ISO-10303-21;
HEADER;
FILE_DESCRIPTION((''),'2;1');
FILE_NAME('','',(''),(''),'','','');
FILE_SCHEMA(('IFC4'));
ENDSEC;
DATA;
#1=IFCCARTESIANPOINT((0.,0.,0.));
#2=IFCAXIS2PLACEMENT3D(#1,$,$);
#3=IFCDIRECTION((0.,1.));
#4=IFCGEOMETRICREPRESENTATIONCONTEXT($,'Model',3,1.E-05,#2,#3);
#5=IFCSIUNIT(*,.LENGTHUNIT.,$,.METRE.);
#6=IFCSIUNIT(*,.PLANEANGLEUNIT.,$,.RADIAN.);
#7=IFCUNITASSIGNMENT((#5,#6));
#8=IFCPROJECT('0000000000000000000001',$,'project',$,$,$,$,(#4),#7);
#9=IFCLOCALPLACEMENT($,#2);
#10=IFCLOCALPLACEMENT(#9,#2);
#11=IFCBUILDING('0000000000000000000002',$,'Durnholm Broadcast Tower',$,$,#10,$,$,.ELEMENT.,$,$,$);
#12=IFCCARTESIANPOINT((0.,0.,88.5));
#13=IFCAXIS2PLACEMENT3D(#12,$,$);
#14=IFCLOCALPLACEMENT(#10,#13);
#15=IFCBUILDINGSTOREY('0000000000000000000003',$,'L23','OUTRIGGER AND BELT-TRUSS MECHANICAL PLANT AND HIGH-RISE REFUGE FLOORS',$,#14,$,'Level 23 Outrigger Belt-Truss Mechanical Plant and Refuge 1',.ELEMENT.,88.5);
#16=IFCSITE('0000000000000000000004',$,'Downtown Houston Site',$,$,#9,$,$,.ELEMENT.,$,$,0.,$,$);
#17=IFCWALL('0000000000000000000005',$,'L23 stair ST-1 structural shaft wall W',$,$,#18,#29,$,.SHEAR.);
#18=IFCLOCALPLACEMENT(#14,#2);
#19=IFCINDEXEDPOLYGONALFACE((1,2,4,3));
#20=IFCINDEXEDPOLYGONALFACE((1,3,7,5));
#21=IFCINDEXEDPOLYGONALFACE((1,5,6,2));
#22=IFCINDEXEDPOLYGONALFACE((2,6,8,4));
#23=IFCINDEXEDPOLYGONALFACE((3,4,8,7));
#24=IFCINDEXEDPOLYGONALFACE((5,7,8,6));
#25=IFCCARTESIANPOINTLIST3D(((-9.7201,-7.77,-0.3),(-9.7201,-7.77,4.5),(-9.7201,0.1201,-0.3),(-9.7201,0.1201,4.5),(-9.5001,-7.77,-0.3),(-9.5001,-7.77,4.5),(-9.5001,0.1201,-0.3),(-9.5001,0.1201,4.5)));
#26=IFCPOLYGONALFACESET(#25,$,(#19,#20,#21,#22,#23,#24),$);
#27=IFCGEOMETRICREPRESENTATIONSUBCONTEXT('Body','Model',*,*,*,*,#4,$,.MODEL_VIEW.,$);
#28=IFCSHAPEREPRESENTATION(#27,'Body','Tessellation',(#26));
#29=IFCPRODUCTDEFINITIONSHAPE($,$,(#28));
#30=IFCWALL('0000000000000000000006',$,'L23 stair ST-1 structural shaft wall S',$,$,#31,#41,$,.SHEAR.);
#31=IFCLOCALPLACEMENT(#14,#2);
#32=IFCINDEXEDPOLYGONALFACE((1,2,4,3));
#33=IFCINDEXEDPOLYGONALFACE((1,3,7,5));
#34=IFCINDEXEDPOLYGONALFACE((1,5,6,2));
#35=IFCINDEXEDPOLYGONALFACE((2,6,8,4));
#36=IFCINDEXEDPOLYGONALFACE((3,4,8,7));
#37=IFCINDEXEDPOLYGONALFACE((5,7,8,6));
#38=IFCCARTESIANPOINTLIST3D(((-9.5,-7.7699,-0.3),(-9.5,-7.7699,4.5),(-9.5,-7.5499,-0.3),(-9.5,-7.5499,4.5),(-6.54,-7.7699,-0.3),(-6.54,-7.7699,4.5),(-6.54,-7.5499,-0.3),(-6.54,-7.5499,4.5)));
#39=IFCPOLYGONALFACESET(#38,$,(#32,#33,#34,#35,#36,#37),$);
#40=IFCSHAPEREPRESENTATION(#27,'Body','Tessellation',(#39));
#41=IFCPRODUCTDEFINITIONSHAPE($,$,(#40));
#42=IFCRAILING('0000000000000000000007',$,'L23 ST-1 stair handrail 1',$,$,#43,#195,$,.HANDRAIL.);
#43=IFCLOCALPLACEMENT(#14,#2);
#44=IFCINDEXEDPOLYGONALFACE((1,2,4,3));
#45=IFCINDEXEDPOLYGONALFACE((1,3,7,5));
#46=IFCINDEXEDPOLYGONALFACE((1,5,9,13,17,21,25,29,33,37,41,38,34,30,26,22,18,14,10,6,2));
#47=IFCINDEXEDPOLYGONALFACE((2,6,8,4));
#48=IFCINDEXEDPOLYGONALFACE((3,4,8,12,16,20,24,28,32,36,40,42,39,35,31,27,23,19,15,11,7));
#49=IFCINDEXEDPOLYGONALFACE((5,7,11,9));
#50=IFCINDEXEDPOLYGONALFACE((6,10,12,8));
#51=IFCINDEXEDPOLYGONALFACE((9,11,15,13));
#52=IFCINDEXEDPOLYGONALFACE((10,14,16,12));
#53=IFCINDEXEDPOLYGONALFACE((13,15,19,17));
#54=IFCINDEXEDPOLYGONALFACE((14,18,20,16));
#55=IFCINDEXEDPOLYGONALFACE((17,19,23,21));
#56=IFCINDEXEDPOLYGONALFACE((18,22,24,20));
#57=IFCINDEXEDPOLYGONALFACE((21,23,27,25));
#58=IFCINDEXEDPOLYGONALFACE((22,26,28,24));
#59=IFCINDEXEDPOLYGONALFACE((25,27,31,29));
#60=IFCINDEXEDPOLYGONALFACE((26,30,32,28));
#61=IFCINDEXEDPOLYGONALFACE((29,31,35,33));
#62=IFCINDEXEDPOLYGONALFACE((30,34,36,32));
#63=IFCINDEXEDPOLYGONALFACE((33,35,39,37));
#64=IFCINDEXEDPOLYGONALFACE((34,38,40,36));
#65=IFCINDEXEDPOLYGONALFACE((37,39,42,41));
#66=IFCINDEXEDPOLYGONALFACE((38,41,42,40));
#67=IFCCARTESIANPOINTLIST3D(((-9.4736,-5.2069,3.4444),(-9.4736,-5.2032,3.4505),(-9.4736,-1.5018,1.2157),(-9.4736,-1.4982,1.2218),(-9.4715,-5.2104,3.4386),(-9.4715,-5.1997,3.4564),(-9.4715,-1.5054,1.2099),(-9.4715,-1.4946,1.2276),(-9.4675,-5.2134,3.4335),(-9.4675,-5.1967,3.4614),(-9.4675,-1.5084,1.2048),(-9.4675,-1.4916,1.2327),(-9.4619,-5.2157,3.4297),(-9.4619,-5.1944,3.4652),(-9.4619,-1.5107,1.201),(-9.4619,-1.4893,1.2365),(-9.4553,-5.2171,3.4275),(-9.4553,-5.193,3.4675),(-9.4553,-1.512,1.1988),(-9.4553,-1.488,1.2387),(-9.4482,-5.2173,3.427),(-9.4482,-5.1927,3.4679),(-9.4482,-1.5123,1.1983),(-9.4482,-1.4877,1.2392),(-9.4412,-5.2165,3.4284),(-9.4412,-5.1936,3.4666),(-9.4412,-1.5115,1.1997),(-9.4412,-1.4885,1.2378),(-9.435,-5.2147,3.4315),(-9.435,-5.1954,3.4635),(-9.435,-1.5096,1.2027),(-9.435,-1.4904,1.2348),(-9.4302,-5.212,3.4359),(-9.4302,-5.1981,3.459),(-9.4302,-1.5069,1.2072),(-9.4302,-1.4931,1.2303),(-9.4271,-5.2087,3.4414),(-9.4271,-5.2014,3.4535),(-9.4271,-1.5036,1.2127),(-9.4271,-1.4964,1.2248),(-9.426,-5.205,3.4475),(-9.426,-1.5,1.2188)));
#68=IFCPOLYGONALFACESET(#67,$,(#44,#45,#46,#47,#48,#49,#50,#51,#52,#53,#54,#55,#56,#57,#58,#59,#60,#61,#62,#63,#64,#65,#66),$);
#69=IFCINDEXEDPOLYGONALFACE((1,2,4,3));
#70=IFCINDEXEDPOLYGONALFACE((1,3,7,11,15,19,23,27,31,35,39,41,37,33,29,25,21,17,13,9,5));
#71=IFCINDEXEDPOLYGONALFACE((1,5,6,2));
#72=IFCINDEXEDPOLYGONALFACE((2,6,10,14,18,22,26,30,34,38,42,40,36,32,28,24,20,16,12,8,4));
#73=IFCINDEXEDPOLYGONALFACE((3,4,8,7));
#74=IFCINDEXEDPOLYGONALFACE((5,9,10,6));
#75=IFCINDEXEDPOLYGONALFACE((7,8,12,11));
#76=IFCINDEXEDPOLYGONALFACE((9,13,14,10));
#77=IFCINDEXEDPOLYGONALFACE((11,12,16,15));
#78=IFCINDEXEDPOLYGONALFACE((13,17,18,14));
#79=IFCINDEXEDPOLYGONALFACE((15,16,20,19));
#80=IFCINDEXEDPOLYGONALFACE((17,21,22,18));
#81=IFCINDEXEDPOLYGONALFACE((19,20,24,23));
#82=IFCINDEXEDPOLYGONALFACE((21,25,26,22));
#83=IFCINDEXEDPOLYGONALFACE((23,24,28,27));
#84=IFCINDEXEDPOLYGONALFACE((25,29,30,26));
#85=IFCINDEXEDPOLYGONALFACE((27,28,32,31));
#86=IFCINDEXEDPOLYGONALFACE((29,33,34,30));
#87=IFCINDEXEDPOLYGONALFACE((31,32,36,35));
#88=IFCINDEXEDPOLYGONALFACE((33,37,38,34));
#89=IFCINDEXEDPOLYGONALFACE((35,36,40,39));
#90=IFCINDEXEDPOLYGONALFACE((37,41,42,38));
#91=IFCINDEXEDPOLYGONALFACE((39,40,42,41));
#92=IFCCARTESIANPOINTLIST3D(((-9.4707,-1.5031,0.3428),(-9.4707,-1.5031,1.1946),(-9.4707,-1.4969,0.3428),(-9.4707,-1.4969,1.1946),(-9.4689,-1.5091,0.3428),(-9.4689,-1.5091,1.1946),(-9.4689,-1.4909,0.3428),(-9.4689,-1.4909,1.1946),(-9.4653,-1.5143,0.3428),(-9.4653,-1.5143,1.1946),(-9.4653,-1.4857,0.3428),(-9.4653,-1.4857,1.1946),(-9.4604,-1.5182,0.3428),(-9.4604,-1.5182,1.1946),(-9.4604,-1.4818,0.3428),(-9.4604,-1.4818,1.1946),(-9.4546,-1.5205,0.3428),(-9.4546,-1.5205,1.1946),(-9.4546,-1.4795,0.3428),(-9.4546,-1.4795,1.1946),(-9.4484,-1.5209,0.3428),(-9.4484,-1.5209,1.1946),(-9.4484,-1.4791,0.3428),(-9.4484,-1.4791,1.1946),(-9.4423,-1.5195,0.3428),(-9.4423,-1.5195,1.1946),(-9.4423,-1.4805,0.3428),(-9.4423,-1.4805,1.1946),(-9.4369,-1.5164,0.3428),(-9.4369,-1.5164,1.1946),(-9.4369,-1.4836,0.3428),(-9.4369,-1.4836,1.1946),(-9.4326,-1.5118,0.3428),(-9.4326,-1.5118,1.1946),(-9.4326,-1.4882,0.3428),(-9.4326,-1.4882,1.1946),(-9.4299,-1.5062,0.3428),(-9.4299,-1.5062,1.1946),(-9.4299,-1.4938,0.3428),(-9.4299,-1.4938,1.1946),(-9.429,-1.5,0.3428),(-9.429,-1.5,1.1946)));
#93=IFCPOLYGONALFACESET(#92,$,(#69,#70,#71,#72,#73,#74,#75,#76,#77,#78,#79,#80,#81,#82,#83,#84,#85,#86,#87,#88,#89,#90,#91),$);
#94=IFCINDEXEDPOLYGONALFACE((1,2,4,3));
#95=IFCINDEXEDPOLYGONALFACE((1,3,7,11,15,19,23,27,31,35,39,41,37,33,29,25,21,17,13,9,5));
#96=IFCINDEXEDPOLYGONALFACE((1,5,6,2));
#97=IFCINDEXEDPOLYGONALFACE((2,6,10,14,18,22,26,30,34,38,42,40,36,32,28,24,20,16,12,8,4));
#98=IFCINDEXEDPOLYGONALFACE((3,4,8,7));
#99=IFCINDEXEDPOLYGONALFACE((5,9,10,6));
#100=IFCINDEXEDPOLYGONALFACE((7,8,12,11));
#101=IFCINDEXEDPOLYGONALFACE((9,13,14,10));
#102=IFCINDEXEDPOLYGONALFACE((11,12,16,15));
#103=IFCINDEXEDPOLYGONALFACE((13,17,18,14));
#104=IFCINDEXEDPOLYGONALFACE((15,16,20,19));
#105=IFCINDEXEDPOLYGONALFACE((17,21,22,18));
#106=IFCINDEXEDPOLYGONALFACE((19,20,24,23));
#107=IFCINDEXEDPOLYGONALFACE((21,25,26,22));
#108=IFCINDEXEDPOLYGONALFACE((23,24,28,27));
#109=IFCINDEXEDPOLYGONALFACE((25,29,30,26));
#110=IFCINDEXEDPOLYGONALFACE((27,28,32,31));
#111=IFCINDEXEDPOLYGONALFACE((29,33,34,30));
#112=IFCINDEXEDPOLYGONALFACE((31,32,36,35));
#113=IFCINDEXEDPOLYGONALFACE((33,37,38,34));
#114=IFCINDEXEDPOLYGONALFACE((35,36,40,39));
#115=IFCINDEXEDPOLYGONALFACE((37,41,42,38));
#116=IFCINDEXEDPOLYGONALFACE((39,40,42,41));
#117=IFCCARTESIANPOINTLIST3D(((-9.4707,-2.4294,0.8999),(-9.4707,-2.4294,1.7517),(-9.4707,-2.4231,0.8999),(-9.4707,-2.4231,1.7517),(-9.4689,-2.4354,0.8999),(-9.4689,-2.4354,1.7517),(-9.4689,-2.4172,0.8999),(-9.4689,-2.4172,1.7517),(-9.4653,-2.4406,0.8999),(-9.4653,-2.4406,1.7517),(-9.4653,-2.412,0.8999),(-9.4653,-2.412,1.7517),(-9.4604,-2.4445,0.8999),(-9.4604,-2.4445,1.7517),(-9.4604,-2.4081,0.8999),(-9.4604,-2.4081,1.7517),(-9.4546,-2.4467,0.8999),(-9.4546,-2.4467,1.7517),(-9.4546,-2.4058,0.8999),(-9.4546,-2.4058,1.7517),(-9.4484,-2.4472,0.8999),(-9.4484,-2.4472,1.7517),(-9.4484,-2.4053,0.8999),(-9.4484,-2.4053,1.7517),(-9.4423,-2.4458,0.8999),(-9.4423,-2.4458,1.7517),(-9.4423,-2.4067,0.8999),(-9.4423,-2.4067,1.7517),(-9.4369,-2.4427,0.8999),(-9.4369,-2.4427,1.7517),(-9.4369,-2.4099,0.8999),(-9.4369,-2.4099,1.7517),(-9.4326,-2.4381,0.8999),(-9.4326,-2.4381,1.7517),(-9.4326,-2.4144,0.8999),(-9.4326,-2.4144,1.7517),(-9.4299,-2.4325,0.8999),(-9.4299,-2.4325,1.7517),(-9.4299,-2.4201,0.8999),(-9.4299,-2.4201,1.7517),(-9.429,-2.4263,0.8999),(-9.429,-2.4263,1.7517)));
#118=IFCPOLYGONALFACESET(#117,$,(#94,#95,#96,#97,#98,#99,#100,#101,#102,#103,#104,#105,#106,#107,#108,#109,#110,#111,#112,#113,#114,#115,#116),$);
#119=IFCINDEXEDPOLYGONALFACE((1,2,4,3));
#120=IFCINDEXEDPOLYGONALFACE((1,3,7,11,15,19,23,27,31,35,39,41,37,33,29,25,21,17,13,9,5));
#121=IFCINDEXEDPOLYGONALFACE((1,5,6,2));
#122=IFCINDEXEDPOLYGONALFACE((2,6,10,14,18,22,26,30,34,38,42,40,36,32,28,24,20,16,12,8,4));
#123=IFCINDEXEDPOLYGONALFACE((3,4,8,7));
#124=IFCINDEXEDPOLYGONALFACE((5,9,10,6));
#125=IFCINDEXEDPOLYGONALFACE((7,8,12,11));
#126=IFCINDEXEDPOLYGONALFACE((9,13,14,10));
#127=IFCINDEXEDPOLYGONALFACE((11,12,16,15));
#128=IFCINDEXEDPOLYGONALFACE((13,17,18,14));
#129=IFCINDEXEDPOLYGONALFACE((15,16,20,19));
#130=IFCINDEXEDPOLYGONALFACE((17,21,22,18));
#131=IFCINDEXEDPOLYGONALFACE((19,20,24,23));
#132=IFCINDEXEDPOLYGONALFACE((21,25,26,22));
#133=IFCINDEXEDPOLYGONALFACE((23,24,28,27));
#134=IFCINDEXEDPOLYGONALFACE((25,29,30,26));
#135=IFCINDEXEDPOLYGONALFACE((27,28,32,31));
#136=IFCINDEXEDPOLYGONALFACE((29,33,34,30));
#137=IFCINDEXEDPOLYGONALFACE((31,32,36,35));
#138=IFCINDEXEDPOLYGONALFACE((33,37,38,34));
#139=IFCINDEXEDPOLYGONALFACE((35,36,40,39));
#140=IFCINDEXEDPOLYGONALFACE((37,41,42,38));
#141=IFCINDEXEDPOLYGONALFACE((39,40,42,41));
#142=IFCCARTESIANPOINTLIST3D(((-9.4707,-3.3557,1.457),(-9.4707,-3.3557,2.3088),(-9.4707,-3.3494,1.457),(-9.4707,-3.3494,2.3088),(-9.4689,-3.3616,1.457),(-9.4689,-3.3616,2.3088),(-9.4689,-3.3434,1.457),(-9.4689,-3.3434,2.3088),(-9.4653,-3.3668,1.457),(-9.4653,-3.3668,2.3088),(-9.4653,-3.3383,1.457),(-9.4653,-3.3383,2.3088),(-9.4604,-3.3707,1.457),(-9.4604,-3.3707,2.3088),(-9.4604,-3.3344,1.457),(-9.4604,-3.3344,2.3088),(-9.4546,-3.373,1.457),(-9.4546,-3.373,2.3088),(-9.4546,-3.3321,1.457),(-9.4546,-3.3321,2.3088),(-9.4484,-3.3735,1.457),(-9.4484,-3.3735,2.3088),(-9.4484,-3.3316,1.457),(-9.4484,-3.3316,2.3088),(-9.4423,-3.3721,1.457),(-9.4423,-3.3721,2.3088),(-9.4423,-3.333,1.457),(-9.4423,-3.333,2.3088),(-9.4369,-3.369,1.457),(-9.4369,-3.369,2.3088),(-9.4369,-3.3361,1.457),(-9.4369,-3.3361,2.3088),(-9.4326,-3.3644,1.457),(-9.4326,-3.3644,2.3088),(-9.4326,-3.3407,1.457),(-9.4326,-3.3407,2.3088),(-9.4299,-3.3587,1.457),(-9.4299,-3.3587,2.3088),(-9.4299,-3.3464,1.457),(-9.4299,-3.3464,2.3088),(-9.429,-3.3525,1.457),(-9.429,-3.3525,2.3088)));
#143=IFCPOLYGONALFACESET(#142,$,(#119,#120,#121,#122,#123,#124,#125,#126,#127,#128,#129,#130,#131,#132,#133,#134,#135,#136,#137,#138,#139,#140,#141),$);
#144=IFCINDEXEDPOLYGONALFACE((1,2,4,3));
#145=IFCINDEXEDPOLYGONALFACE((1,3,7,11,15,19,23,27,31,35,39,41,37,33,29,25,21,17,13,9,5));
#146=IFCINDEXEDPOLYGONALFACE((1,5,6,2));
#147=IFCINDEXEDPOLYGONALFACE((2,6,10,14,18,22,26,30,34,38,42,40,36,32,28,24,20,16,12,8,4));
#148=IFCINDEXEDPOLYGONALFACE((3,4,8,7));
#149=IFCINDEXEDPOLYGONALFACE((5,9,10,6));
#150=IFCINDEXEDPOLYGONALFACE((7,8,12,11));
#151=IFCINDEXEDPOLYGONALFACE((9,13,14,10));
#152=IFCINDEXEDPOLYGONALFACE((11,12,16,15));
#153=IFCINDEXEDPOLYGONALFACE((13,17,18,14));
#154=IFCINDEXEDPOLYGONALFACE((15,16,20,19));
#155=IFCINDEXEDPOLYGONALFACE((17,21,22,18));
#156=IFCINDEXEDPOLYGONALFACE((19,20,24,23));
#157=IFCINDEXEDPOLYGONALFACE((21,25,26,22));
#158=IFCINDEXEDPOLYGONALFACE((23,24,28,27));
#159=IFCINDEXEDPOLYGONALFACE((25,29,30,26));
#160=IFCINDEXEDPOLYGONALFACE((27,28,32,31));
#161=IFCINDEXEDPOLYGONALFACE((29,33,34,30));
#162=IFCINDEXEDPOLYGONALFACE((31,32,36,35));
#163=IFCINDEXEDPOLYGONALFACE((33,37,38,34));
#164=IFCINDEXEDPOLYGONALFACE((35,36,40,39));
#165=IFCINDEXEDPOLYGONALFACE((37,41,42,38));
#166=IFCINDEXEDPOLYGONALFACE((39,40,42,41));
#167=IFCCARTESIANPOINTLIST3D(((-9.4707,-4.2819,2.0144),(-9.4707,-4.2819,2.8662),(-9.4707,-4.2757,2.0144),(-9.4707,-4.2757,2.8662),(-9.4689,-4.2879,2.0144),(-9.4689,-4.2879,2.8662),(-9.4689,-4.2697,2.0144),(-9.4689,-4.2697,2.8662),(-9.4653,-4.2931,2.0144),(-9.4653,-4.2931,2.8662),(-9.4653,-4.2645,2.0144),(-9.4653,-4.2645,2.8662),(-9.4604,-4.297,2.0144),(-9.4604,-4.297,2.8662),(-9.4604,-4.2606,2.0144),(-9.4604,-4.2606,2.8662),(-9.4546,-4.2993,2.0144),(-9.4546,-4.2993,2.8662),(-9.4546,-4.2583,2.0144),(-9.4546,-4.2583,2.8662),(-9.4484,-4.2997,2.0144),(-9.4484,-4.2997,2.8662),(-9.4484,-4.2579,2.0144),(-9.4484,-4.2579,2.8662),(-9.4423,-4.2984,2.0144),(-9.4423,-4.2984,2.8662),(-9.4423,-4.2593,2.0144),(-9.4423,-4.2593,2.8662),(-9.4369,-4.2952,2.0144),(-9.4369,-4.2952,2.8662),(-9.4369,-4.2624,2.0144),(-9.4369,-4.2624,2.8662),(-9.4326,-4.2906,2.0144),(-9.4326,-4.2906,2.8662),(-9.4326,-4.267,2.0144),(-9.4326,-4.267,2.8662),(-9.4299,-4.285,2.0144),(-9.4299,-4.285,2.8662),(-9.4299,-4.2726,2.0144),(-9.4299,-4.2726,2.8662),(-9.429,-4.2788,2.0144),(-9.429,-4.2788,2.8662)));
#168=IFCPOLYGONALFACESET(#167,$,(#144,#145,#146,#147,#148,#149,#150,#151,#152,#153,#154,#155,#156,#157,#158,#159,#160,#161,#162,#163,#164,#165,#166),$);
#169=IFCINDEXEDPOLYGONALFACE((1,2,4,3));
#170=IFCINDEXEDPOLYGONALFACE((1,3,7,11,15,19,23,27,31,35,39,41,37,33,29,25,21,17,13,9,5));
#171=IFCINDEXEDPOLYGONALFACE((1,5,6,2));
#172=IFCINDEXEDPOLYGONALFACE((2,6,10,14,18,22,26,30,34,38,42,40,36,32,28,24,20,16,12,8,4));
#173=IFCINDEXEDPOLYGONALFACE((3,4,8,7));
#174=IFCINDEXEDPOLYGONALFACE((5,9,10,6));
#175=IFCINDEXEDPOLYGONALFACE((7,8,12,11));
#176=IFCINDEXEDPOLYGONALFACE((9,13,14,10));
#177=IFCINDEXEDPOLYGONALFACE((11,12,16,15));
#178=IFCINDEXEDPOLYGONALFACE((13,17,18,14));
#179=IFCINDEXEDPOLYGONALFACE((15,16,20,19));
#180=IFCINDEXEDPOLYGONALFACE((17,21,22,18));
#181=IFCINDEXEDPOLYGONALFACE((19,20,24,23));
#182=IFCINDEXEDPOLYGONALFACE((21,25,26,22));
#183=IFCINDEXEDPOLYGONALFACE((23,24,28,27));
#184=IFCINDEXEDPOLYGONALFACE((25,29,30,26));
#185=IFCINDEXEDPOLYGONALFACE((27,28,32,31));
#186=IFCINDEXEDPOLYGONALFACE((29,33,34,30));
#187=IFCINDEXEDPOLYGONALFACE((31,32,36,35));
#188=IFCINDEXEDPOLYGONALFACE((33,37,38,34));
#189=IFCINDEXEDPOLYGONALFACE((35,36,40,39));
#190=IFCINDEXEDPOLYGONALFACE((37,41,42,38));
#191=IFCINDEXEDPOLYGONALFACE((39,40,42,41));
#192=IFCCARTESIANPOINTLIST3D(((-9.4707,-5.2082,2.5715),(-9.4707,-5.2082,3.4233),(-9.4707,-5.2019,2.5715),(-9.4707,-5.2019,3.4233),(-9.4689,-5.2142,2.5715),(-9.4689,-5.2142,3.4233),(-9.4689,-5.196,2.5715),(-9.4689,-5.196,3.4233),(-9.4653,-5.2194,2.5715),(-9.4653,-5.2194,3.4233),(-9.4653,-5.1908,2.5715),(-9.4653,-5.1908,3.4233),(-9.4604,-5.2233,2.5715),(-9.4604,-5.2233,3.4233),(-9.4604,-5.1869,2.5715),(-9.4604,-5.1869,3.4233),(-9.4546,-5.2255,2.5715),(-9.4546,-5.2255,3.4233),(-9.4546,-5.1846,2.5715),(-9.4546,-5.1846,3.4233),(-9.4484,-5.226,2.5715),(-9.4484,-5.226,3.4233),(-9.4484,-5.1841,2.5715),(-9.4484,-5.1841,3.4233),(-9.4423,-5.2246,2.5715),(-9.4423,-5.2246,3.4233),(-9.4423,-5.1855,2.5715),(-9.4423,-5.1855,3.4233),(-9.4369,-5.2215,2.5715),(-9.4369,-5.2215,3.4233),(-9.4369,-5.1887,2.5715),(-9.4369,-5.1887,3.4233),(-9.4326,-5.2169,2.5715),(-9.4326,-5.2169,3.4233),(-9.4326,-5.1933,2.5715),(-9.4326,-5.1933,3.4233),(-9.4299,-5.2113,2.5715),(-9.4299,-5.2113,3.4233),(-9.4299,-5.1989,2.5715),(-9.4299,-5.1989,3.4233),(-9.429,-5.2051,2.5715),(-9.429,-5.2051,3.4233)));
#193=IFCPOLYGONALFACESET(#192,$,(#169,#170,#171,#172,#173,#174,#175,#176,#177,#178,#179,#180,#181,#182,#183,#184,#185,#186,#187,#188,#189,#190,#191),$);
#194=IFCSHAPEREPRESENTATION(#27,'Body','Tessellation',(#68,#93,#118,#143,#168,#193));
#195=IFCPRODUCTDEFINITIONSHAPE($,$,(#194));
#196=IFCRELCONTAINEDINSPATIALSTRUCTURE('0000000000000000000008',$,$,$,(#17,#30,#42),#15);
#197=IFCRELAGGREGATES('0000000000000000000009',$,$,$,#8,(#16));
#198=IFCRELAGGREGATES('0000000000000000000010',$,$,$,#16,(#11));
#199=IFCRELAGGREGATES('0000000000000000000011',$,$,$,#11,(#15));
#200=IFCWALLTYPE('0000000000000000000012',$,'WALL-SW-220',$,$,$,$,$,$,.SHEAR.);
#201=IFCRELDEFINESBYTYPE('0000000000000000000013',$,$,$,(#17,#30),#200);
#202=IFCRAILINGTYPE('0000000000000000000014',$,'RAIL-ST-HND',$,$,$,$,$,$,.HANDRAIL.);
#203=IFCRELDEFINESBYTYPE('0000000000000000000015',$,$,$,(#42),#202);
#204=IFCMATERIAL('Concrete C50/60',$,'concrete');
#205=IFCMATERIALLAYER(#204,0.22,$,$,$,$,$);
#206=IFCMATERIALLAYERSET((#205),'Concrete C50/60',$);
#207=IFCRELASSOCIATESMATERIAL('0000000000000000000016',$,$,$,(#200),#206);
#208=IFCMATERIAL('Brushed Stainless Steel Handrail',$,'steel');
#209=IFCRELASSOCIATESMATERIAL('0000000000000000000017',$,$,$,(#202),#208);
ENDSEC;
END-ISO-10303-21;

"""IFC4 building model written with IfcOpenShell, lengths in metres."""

from ifc_helpers import new_model, si_unit, direction, frame, frame_2d, origin, origin_2d, place, context, subcontext, project, spatial, rectangle, circle, extrude, material, layer, layer_set, type_object, element, save


model = new_model("IFC4")

# Units and contexts
model_context = context("Model", 3, precision=1e-05, world=origin(), true_north=direction((0.0, 1.0)))
body_context = subcontext(model_context, "Body", "Model", "MODEL_VIEW")
ifc_project = project(units=[si_unit("LENGTHUNIT", "METRE"), si_unit("PLANEANGLEUNIT", "RADIAN")], contexts=[model_context])

# Site, building, storey
site_placement = place(None, origin())
site = spatial("IfcSite", under=ifc_project, at=site_placement, Name="Downtown Houston Site", CompositionType="ELEMENT", RefElevation=0.0)
building_placement = place(site_placement, origin())
building = spatial("IfcBuilding", under=site, at=building_placement, Name="Durnholm Broadcast Tower", CompositionType="ELEMENT")
storey_placement = place(building_placement, frame((0.0, 0.0, 88.5)))
storey = spatial("IfcBuildingStorey", under=building, at=storey_placement, Name="L23", Description="OUTRIGGER AND BELT-TRUSS MECHANICAL PLANT AND HIGH-RISE REFUGE FLOORS", LongName="Level 23 Outrigger Belt-Truss Mechanical Plant and Refuge 1", CompositionType="ELEMENT", Elevation=88.5)

# Walls
ifc_material_1 = material(Name="Concrete C50/60", Category="concrete")
ifc_layer_1 = layer(ifc_material_1, 0.22)
ifc_layer_set_1 = layer_set([ifc_layer_1], Name="Concrete C50/60")
wall_type_1 = type_object("IfcWallType", Name="WALL-SW-220", PredefinedType="SHEAR", material=ifc_layer_set_1)
wall_1_placement = place(storey_placement, frame((-9.6101, 0.1201, -0.3), z_axis=(0.0, 0.0, 1.0), x_axis=(0.0, -1.0, 0.0)))
element("IfcWall", 1, at=wall_1_placement, inside=storey, type_object=wall_type_1, Name="L23 stair ST-1 structural shaft wall W", PredefinedType="SHEAR", context=body_context, shape_type="SweptSolid", body=[
    extrude(rectangle(XDim=7.8901, YDim=0.22, at=frame_2d((3.9451, 0.0))), origin(), (0.0, 0.0, 1.0), 4.8),
])
wall_2_placement = place(storey_placement, frame((-9.5, -7.6599, -0.3), z_axis=(0.0, 0.0, 1.0), x_axis=(1.0, 0.0, 0.0)))
element("IfcWall", 2, at=wall_2_placement, inside=storey, type_object=wall_type_1, Name="L23 stair ST-1 structural shaft wall S", PredefinedType="SHEAR", context=body_context, shape_type="SweptSolid", body=[
    extrude(rectangle(XDim=2.96, YDim=0.22, at=frame_2d((1.48, 0.0))), origin(), (0.0, 0.0, 1.0), 4.8),
])

# Railing
ifc_material_2 = material(Name="Brushed Stainless Steel Handrail", Category="steel")
railing_type = type_object("IfcRailingType", Name="RAIL-ST-HND", PredefinedType="HANDRAIL", material=ifc_material_2)
railing_placement = place(storey_placement, frame((-9.45, -1.5, 0.3428)))
element("IfcRailing", 3, at=railing_placement, inside=storey, type_object=railing_type, Name="L23 ST-1 stair handrail 1", PredefinedType="HANDRAIL", context=body_context, shape_type="SweptSolid", body=[
    extrude(circle(Radius=0.0239, at=origin_2d()), frame((0.0, 0.0, 0.876), z_axis=(0.0, -0.856909, 0.515467), x_axis=(1.0, 0.0, 0.0)), (0.0, 0.0, 1.0), 4.3237),
    extrude(circle(Radius=0.021, at=origin_2d()), origin(), (0.0, 0.0, 1.0), 0.8518),
    extrude(circle(Radius=0.021, at=origin_2d()), frame((0.0, -0.9263, 0.5571)), (0.0, 0.0, 1.0), 0.8518),
    extrude(circle(Radius=0.021, at=origin_2d()), frame((0.0, -1.8525, 1.1143)), (0.0, 0.0, 1.0), 0.8518),
    extrude(circle(Radius=0.021, at=origin_2d()), frame((0.0, -2.7788, 1.6716)), (0.0, 0.0, 1.0), 0.8518),
    extrude(circle(Radius=0.021, at=origin_2d()), frame((0.0, -3.7051, 2.2288)), (0.0, 0.0, 1.0), 0.8518),
])

save(model, "model.ifc")
